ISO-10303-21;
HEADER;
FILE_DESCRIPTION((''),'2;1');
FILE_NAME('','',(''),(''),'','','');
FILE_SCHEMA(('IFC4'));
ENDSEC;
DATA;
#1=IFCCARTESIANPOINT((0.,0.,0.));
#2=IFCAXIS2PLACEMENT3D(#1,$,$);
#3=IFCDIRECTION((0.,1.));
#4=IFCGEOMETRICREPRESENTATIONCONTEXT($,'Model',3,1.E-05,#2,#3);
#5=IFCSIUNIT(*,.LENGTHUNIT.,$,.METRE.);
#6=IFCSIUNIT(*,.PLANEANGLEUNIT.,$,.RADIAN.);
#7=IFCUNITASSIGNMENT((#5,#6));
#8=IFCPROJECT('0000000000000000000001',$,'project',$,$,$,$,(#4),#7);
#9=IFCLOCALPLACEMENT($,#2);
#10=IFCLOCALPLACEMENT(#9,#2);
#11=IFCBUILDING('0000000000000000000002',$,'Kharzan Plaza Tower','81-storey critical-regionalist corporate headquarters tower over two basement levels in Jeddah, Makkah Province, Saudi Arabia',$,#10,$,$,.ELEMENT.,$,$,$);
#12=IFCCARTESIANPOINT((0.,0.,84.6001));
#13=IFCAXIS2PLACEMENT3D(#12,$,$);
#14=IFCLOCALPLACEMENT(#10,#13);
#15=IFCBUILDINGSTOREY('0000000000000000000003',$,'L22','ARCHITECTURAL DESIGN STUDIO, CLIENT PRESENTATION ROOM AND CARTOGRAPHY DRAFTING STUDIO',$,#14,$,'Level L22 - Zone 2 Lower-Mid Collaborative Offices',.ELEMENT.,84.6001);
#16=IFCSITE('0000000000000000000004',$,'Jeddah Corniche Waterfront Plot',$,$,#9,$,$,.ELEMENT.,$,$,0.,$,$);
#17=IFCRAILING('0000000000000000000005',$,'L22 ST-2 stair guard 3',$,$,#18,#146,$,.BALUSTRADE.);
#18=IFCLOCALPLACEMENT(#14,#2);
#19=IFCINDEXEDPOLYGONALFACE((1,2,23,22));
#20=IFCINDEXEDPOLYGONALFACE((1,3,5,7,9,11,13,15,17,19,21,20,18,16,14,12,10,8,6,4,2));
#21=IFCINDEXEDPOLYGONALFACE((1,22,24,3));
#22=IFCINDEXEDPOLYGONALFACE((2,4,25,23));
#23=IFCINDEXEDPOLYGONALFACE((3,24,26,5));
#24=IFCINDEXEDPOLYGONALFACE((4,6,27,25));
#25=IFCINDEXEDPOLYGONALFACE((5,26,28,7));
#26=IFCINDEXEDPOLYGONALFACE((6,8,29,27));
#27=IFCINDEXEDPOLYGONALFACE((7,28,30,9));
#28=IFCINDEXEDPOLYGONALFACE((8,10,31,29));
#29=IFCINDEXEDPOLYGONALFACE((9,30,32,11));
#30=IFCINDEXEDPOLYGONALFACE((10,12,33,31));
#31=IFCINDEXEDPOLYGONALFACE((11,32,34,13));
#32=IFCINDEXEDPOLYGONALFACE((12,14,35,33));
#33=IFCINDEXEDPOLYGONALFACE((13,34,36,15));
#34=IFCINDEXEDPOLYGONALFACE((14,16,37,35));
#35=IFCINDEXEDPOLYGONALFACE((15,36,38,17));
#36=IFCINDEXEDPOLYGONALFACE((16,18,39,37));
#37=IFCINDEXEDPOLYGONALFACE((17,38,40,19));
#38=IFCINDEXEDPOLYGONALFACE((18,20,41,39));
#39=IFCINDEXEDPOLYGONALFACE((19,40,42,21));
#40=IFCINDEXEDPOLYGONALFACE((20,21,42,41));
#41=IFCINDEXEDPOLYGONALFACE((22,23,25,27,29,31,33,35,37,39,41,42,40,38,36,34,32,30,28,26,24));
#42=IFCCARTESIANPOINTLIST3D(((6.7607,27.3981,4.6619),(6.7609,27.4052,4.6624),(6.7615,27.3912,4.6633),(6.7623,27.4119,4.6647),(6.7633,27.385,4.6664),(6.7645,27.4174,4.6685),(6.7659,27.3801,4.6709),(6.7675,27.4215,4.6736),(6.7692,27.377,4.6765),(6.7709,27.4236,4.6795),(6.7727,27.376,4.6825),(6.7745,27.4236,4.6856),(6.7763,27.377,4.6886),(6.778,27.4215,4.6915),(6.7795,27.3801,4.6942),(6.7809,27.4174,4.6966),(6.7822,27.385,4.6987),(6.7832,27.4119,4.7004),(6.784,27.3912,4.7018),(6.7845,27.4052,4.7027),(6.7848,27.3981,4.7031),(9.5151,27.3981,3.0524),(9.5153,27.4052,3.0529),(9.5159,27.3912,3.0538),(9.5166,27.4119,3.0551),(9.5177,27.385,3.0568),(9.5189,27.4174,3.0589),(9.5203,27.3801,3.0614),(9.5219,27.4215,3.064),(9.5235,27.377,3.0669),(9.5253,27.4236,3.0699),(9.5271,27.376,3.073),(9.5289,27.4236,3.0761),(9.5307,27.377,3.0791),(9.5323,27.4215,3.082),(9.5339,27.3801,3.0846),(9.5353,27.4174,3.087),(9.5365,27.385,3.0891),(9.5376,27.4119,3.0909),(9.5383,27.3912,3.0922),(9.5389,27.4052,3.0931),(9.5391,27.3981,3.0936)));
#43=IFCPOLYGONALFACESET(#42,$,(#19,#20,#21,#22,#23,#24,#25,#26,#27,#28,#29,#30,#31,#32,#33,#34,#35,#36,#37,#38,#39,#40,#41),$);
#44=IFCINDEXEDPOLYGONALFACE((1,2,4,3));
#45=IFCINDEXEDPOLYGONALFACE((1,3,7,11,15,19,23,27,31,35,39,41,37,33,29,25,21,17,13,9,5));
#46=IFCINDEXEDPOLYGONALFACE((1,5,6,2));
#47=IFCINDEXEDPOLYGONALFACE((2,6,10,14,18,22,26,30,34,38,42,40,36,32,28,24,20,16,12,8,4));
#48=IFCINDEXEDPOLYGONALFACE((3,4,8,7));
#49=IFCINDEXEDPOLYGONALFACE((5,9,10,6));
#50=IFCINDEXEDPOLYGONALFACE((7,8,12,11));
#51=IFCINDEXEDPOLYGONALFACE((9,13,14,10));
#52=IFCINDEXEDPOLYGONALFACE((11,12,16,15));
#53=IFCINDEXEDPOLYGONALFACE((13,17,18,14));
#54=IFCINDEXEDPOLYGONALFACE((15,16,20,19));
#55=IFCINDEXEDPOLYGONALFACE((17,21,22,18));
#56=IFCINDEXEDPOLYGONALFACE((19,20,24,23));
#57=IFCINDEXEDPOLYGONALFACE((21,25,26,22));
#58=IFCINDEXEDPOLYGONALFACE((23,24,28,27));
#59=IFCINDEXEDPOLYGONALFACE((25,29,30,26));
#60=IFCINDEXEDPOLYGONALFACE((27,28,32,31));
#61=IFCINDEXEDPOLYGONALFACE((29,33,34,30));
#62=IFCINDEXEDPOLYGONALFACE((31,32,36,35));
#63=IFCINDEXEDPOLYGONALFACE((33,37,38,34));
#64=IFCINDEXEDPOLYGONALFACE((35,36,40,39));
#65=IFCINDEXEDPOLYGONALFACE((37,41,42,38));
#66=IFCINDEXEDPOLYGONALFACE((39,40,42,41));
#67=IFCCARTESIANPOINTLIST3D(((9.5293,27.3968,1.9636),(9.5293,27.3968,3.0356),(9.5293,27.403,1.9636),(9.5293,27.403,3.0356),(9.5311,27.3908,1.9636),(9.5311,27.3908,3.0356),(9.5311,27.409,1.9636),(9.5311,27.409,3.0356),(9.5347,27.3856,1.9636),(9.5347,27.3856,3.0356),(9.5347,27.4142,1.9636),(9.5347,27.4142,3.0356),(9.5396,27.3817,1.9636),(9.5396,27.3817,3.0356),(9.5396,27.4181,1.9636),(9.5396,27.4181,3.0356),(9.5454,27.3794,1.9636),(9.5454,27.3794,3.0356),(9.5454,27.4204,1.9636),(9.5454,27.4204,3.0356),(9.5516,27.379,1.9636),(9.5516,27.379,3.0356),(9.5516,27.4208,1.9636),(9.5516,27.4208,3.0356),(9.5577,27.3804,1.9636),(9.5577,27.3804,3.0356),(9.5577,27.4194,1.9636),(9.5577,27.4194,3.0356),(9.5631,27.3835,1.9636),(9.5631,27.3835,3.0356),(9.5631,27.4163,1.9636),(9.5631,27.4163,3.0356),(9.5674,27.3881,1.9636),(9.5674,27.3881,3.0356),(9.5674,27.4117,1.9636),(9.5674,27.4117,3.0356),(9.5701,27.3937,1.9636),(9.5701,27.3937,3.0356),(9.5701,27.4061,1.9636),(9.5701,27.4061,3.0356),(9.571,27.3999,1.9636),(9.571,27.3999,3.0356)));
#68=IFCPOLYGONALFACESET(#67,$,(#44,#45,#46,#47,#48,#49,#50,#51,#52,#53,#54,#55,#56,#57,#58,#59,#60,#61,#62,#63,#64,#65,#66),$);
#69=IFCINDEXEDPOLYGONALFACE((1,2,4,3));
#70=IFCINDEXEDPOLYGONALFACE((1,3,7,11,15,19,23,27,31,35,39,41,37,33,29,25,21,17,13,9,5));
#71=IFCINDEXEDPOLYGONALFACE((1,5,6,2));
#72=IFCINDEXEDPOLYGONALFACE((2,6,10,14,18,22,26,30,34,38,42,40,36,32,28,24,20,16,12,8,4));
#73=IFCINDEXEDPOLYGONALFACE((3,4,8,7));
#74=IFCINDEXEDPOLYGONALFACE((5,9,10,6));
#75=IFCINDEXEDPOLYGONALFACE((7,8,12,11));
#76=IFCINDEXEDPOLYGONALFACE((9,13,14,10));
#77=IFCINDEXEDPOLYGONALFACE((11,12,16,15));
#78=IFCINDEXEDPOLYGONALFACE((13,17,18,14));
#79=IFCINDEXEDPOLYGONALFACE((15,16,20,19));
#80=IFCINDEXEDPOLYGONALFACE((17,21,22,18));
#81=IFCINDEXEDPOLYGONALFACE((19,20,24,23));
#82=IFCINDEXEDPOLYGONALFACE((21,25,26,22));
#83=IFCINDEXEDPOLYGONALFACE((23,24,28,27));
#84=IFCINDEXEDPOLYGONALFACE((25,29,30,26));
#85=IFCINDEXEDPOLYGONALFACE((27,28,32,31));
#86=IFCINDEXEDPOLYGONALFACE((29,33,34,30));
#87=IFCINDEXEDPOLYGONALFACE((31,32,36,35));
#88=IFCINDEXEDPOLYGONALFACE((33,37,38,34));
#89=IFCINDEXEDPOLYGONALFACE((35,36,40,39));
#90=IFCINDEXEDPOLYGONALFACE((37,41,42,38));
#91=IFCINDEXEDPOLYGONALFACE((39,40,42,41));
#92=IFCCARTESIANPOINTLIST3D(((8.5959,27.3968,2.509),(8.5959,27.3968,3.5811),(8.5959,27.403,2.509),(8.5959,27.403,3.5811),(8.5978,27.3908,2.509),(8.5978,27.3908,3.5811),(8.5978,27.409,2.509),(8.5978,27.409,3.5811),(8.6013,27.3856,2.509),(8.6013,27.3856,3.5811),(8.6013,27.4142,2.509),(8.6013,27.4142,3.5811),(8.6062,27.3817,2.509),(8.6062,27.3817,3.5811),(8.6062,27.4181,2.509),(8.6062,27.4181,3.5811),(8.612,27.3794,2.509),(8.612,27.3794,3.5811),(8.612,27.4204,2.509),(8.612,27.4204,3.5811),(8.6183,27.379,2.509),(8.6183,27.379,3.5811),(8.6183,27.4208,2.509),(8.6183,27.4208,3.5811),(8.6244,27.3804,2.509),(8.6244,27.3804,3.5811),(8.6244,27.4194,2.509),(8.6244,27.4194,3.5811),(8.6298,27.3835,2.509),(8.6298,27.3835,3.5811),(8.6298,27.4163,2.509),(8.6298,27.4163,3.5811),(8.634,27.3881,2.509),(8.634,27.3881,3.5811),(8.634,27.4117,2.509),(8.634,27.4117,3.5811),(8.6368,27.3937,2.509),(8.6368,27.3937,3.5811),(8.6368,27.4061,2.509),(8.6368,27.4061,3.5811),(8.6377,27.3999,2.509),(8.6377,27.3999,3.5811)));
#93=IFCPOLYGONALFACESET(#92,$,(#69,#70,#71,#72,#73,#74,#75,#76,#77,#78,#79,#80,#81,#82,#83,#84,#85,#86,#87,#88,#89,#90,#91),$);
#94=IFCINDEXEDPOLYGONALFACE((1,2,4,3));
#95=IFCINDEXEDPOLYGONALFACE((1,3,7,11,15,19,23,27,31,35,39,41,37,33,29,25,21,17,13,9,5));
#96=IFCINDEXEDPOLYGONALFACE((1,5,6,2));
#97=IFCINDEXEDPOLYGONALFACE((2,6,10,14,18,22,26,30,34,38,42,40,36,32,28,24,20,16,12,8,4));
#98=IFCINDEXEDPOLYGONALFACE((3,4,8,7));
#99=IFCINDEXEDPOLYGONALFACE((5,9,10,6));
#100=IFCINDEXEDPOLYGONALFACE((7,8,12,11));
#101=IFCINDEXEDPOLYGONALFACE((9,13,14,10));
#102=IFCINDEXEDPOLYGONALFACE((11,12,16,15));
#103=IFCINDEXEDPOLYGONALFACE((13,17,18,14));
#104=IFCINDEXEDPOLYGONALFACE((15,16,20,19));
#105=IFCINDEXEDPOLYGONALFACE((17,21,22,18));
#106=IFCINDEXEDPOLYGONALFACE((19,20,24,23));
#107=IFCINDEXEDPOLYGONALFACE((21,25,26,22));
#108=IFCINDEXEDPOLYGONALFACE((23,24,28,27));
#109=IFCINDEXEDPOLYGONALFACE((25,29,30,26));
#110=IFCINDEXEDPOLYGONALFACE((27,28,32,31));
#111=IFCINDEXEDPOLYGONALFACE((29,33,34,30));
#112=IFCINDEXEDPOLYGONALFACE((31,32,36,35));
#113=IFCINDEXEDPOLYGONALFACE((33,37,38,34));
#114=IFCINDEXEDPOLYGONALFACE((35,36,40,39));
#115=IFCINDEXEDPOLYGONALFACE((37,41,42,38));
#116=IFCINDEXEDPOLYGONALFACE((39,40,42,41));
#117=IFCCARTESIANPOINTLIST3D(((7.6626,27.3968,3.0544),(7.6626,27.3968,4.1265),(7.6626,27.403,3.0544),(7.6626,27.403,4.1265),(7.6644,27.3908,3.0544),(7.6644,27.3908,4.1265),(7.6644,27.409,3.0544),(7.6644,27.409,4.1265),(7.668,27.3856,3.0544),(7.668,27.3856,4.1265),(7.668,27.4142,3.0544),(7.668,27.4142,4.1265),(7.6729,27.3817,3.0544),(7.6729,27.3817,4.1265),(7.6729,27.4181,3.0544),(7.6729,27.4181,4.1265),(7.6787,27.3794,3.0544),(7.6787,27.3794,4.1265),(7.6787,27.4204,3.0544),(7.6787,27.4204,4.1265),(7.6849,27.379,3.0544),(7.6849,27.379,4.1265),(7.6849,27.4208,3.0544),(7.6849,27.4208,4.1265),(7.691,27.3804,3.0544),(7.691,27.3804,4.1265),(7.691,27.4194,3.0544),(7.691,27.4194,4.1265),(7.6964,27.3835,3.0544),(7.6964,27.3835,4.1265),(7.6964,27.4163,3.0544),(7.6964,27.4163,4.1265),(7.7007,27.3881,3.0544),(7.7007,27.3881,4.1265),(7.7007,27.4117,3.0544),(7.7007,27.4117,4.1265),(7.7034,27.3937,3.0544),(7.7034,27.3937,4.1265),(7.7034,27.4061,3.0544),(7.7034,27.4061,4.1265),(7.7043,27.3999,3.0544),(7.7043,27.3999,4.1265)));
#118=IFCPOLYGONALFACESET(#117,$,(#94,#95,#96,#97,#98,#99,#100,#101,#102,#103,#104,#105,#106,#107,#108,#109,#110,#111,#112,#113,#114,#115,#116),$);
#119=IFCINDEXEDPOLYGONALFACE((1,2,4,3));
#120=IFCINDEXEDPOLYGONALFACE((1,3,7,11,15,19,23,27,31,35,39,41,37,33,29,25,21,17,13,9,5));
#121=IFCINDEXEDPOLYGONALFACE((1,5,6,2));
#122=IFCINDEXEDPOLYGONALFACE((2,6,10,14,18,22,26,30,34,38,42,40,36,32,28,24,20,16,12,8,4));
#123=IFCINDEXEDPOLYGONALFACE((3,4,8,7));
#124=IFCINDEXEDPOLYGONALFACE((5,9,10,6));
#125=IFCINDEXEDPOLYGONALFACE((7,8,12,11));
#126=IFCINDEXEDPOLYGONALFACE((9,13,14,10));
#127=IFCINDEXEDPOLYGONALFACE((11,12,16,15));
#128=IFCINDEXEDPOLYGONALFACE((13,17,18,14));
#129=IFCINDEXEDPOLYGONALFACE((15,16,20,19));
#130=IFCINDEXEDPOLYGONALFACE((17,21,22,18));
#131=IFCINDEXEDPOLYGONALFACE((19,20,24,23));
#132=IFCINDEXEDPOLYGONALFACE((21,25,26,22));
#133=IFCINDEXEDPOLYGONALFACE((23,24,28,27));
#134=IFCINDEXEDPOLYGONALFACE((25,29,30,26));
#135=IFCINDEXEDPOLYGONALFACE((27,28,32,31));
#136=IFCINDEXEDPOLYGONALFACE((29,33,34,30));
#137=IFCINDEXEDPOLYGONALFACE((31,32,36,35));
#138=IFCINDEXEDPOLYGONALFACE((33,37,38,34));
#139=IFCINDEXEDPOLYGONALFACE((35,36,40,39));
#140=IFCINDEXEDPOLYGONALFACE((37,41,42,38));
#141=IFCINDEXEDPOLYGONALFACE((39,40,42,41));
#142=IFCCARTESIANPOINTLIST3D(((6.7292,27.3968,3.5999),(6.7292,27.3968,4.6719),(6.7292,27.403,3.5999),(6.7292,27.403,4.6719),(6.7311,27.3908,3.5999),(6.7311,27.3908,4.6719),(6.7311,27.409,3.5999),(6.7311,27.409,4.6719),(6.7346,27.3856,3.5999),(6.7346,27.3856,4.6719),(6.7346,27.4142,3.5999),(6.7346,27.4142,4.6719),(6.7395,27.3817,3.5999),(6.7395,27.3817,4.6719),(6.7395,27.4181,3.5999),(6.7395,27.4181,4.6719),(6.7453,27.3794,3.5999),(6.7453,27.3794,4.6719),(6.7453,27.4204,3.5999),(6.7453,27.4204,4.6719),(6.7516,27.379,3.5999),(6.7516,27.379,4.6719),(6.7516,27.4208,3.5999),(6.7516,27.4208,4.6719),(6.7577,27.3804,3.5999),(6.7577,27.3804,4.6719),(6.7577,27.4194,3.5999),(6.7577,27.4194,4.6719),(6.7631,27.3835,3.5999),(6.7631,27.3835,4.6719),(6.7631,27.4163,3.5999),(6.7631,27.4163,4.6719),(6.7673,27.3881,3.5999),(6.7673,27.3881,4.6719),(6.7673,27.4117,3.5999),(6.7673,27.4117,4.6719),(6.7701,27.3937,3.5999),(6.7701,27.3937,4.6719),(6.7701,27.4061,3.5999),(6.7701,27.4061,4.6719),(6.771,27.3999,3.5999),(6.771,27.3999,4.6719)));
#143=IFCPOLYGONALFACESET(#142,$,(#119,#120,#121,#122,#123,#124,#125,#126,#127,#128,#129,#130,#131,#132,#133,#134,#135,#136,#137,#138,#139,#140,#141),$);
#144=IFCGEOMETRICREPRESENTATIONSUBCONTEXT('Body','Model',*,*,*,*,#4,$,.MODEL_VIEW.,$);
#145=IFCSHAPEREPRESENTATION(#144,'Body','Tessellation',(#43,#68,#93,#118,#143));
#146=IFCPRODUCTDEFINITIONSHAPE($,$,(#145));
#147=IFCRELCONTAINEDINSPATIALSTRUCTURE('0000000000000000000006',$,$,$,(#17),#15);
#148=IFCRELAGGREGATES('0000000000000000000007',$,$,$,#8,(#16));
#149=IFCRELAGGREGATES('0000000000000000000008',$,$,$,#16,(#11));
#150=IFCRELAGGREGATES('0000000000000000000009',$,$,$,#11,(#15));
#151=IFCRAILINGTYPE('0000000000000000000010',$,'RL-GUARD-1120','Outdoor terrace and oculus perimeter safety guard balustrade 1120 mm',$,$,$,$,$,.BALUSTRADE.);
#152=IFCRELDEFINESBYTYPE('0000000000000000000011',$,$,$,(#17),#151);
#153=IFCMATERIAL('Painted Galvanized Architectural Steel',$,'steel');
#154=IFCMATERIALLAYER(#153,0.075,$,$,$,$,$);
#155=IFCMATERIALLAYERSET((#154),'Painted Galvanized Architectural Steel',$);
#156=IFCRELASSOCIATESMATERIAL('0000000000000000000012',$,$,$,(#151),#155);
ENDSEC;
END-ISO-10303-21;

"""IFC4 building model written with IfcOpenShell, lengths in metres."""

from ifc_helpers import new_model, si_unit, direction, frame, origin, origin_2d, place, context, subcontext, project, spatial, circle, extrude, source, transform, mapped, material, layer, layer_set, type_object, element, save


model = new_model("IFC4")

# Units and contexts
model_context = context("Model", 3, precision=1e-05, world=origin(), true_north=direction((0.0, 1.0)))
body_context = subcontext(model_context, "Body", "Model", "MODEL_VIEW")
ifc_project = project(units=[si_unit("LENGTHUNIT", "METRE"), si_unit("PLANEANGLEUNIT", "RADIAN")], contexts=[model_context])

# Site, building, storey
site_placement = place(None, origin())
site = spatial("IfcSite", under=ifc_project, at=site_placement, Name="Jeddah Corniche Waterfront Plot", CompositionType="ELEMENT", RefElevation=0.0)
building_placement = place(site_placement, origin())
building = spatial("IfcBuilding", under=site, at=building_placement, Name="Kharzan Plaza Tower", Description="81-storey critical-regionalist corporate headquarters tower over two basement levels in Jeddah, Makkah Province, Saudi Arabia", CompositionType="ELEMENT")
storey_placement = place(building_placement, frame((0.0, 0.0, 84.6001)))
storey = spatial("IfcBuildingStorey", under=building, at=storey_placement, Name="L22", Description="ARCHITECTURAL DESIGN STUDIO, CLIENT PRESENTATION ROOM AND CARTOGRAPHY DRAFTING STUDIO", LongName="Level L22 - Zone 2 Lower-Mid Collaborative Offices", CompositionType="ELEMENT", Elevation=84.6001)

# Railing
ifc_material_1 = material(Name="Painted Galvanized Architectural Steel", Category="steel")
ifc_layer_1 = layer(ifc_material_1, 0.075)
ifc_layer_set_1 = layer_set([ifc_layer_1], Name="Painted Galvanized Architectural Steel")
railing_type_1 = type_object("IfcRailingType", Name="RL-GUARD-1120", Description="Outdoor terrace and oculus perimeter safety guard balustrade 1120 mm", PredefinedType="BALUSTRADE", material=ifc_layer_set_1)
shared_shape_1 = source(origin(), body_context, "Body", "SweptSolid", [
    extrude(circle(Radius=0.0239, at=origin_2d()), frame((-0.0229, 0.0, 1.1094), z_axis=(-0.863394, 0.0, 0.504531), x_axis=(0.0, -1.0, 0.0)), (0.0, 0.0, 1.0), 3.1902),
    extrude(circle(Radius=0.021, at=origin_2d()), origin(), (0.0, 0.0, 1.0), 1.072),
    extrude(circle(Radius=0.021, at=origin_2d()), frame((-0.9333, 0.0, 0.5454)), (0.0, 0.0, 1.0), 1.072),
    extrude(circle(Radius=0.021, at=origin_2d()), frame((-1.8667, 0.0, 1.0908)), (0.0, 0.0, 1.0), 1.072),
    extrude(circle(Radius=0.021, at=origin_2d()), frame((-2.8, 0.0, 1.6362)), (0.0, 0.0, 1.0), 1.072),
])
railing_1_placement = place(storey_placement, frame((9.55, 27.3999, 1.9636)))
element("IfcRailing", 1, at=railing_1_placement, inside=storey, type_object=railing_type_1, Name="L22 ST-2 stair guard 3", PredefinedType="BALUSTRADE", context=body_context, shape_type="MappedRepresentation", body=[
    mapped(shared_shape_1, transform((0.0, 0.0, 0.0), x_axis=(1.0, 0.0, 0.0), y_axis=(0.0, 1.0, 0.0), z_axis=(0.0, 0.0, 1.0))),
])

save(model, "model.ifc")
